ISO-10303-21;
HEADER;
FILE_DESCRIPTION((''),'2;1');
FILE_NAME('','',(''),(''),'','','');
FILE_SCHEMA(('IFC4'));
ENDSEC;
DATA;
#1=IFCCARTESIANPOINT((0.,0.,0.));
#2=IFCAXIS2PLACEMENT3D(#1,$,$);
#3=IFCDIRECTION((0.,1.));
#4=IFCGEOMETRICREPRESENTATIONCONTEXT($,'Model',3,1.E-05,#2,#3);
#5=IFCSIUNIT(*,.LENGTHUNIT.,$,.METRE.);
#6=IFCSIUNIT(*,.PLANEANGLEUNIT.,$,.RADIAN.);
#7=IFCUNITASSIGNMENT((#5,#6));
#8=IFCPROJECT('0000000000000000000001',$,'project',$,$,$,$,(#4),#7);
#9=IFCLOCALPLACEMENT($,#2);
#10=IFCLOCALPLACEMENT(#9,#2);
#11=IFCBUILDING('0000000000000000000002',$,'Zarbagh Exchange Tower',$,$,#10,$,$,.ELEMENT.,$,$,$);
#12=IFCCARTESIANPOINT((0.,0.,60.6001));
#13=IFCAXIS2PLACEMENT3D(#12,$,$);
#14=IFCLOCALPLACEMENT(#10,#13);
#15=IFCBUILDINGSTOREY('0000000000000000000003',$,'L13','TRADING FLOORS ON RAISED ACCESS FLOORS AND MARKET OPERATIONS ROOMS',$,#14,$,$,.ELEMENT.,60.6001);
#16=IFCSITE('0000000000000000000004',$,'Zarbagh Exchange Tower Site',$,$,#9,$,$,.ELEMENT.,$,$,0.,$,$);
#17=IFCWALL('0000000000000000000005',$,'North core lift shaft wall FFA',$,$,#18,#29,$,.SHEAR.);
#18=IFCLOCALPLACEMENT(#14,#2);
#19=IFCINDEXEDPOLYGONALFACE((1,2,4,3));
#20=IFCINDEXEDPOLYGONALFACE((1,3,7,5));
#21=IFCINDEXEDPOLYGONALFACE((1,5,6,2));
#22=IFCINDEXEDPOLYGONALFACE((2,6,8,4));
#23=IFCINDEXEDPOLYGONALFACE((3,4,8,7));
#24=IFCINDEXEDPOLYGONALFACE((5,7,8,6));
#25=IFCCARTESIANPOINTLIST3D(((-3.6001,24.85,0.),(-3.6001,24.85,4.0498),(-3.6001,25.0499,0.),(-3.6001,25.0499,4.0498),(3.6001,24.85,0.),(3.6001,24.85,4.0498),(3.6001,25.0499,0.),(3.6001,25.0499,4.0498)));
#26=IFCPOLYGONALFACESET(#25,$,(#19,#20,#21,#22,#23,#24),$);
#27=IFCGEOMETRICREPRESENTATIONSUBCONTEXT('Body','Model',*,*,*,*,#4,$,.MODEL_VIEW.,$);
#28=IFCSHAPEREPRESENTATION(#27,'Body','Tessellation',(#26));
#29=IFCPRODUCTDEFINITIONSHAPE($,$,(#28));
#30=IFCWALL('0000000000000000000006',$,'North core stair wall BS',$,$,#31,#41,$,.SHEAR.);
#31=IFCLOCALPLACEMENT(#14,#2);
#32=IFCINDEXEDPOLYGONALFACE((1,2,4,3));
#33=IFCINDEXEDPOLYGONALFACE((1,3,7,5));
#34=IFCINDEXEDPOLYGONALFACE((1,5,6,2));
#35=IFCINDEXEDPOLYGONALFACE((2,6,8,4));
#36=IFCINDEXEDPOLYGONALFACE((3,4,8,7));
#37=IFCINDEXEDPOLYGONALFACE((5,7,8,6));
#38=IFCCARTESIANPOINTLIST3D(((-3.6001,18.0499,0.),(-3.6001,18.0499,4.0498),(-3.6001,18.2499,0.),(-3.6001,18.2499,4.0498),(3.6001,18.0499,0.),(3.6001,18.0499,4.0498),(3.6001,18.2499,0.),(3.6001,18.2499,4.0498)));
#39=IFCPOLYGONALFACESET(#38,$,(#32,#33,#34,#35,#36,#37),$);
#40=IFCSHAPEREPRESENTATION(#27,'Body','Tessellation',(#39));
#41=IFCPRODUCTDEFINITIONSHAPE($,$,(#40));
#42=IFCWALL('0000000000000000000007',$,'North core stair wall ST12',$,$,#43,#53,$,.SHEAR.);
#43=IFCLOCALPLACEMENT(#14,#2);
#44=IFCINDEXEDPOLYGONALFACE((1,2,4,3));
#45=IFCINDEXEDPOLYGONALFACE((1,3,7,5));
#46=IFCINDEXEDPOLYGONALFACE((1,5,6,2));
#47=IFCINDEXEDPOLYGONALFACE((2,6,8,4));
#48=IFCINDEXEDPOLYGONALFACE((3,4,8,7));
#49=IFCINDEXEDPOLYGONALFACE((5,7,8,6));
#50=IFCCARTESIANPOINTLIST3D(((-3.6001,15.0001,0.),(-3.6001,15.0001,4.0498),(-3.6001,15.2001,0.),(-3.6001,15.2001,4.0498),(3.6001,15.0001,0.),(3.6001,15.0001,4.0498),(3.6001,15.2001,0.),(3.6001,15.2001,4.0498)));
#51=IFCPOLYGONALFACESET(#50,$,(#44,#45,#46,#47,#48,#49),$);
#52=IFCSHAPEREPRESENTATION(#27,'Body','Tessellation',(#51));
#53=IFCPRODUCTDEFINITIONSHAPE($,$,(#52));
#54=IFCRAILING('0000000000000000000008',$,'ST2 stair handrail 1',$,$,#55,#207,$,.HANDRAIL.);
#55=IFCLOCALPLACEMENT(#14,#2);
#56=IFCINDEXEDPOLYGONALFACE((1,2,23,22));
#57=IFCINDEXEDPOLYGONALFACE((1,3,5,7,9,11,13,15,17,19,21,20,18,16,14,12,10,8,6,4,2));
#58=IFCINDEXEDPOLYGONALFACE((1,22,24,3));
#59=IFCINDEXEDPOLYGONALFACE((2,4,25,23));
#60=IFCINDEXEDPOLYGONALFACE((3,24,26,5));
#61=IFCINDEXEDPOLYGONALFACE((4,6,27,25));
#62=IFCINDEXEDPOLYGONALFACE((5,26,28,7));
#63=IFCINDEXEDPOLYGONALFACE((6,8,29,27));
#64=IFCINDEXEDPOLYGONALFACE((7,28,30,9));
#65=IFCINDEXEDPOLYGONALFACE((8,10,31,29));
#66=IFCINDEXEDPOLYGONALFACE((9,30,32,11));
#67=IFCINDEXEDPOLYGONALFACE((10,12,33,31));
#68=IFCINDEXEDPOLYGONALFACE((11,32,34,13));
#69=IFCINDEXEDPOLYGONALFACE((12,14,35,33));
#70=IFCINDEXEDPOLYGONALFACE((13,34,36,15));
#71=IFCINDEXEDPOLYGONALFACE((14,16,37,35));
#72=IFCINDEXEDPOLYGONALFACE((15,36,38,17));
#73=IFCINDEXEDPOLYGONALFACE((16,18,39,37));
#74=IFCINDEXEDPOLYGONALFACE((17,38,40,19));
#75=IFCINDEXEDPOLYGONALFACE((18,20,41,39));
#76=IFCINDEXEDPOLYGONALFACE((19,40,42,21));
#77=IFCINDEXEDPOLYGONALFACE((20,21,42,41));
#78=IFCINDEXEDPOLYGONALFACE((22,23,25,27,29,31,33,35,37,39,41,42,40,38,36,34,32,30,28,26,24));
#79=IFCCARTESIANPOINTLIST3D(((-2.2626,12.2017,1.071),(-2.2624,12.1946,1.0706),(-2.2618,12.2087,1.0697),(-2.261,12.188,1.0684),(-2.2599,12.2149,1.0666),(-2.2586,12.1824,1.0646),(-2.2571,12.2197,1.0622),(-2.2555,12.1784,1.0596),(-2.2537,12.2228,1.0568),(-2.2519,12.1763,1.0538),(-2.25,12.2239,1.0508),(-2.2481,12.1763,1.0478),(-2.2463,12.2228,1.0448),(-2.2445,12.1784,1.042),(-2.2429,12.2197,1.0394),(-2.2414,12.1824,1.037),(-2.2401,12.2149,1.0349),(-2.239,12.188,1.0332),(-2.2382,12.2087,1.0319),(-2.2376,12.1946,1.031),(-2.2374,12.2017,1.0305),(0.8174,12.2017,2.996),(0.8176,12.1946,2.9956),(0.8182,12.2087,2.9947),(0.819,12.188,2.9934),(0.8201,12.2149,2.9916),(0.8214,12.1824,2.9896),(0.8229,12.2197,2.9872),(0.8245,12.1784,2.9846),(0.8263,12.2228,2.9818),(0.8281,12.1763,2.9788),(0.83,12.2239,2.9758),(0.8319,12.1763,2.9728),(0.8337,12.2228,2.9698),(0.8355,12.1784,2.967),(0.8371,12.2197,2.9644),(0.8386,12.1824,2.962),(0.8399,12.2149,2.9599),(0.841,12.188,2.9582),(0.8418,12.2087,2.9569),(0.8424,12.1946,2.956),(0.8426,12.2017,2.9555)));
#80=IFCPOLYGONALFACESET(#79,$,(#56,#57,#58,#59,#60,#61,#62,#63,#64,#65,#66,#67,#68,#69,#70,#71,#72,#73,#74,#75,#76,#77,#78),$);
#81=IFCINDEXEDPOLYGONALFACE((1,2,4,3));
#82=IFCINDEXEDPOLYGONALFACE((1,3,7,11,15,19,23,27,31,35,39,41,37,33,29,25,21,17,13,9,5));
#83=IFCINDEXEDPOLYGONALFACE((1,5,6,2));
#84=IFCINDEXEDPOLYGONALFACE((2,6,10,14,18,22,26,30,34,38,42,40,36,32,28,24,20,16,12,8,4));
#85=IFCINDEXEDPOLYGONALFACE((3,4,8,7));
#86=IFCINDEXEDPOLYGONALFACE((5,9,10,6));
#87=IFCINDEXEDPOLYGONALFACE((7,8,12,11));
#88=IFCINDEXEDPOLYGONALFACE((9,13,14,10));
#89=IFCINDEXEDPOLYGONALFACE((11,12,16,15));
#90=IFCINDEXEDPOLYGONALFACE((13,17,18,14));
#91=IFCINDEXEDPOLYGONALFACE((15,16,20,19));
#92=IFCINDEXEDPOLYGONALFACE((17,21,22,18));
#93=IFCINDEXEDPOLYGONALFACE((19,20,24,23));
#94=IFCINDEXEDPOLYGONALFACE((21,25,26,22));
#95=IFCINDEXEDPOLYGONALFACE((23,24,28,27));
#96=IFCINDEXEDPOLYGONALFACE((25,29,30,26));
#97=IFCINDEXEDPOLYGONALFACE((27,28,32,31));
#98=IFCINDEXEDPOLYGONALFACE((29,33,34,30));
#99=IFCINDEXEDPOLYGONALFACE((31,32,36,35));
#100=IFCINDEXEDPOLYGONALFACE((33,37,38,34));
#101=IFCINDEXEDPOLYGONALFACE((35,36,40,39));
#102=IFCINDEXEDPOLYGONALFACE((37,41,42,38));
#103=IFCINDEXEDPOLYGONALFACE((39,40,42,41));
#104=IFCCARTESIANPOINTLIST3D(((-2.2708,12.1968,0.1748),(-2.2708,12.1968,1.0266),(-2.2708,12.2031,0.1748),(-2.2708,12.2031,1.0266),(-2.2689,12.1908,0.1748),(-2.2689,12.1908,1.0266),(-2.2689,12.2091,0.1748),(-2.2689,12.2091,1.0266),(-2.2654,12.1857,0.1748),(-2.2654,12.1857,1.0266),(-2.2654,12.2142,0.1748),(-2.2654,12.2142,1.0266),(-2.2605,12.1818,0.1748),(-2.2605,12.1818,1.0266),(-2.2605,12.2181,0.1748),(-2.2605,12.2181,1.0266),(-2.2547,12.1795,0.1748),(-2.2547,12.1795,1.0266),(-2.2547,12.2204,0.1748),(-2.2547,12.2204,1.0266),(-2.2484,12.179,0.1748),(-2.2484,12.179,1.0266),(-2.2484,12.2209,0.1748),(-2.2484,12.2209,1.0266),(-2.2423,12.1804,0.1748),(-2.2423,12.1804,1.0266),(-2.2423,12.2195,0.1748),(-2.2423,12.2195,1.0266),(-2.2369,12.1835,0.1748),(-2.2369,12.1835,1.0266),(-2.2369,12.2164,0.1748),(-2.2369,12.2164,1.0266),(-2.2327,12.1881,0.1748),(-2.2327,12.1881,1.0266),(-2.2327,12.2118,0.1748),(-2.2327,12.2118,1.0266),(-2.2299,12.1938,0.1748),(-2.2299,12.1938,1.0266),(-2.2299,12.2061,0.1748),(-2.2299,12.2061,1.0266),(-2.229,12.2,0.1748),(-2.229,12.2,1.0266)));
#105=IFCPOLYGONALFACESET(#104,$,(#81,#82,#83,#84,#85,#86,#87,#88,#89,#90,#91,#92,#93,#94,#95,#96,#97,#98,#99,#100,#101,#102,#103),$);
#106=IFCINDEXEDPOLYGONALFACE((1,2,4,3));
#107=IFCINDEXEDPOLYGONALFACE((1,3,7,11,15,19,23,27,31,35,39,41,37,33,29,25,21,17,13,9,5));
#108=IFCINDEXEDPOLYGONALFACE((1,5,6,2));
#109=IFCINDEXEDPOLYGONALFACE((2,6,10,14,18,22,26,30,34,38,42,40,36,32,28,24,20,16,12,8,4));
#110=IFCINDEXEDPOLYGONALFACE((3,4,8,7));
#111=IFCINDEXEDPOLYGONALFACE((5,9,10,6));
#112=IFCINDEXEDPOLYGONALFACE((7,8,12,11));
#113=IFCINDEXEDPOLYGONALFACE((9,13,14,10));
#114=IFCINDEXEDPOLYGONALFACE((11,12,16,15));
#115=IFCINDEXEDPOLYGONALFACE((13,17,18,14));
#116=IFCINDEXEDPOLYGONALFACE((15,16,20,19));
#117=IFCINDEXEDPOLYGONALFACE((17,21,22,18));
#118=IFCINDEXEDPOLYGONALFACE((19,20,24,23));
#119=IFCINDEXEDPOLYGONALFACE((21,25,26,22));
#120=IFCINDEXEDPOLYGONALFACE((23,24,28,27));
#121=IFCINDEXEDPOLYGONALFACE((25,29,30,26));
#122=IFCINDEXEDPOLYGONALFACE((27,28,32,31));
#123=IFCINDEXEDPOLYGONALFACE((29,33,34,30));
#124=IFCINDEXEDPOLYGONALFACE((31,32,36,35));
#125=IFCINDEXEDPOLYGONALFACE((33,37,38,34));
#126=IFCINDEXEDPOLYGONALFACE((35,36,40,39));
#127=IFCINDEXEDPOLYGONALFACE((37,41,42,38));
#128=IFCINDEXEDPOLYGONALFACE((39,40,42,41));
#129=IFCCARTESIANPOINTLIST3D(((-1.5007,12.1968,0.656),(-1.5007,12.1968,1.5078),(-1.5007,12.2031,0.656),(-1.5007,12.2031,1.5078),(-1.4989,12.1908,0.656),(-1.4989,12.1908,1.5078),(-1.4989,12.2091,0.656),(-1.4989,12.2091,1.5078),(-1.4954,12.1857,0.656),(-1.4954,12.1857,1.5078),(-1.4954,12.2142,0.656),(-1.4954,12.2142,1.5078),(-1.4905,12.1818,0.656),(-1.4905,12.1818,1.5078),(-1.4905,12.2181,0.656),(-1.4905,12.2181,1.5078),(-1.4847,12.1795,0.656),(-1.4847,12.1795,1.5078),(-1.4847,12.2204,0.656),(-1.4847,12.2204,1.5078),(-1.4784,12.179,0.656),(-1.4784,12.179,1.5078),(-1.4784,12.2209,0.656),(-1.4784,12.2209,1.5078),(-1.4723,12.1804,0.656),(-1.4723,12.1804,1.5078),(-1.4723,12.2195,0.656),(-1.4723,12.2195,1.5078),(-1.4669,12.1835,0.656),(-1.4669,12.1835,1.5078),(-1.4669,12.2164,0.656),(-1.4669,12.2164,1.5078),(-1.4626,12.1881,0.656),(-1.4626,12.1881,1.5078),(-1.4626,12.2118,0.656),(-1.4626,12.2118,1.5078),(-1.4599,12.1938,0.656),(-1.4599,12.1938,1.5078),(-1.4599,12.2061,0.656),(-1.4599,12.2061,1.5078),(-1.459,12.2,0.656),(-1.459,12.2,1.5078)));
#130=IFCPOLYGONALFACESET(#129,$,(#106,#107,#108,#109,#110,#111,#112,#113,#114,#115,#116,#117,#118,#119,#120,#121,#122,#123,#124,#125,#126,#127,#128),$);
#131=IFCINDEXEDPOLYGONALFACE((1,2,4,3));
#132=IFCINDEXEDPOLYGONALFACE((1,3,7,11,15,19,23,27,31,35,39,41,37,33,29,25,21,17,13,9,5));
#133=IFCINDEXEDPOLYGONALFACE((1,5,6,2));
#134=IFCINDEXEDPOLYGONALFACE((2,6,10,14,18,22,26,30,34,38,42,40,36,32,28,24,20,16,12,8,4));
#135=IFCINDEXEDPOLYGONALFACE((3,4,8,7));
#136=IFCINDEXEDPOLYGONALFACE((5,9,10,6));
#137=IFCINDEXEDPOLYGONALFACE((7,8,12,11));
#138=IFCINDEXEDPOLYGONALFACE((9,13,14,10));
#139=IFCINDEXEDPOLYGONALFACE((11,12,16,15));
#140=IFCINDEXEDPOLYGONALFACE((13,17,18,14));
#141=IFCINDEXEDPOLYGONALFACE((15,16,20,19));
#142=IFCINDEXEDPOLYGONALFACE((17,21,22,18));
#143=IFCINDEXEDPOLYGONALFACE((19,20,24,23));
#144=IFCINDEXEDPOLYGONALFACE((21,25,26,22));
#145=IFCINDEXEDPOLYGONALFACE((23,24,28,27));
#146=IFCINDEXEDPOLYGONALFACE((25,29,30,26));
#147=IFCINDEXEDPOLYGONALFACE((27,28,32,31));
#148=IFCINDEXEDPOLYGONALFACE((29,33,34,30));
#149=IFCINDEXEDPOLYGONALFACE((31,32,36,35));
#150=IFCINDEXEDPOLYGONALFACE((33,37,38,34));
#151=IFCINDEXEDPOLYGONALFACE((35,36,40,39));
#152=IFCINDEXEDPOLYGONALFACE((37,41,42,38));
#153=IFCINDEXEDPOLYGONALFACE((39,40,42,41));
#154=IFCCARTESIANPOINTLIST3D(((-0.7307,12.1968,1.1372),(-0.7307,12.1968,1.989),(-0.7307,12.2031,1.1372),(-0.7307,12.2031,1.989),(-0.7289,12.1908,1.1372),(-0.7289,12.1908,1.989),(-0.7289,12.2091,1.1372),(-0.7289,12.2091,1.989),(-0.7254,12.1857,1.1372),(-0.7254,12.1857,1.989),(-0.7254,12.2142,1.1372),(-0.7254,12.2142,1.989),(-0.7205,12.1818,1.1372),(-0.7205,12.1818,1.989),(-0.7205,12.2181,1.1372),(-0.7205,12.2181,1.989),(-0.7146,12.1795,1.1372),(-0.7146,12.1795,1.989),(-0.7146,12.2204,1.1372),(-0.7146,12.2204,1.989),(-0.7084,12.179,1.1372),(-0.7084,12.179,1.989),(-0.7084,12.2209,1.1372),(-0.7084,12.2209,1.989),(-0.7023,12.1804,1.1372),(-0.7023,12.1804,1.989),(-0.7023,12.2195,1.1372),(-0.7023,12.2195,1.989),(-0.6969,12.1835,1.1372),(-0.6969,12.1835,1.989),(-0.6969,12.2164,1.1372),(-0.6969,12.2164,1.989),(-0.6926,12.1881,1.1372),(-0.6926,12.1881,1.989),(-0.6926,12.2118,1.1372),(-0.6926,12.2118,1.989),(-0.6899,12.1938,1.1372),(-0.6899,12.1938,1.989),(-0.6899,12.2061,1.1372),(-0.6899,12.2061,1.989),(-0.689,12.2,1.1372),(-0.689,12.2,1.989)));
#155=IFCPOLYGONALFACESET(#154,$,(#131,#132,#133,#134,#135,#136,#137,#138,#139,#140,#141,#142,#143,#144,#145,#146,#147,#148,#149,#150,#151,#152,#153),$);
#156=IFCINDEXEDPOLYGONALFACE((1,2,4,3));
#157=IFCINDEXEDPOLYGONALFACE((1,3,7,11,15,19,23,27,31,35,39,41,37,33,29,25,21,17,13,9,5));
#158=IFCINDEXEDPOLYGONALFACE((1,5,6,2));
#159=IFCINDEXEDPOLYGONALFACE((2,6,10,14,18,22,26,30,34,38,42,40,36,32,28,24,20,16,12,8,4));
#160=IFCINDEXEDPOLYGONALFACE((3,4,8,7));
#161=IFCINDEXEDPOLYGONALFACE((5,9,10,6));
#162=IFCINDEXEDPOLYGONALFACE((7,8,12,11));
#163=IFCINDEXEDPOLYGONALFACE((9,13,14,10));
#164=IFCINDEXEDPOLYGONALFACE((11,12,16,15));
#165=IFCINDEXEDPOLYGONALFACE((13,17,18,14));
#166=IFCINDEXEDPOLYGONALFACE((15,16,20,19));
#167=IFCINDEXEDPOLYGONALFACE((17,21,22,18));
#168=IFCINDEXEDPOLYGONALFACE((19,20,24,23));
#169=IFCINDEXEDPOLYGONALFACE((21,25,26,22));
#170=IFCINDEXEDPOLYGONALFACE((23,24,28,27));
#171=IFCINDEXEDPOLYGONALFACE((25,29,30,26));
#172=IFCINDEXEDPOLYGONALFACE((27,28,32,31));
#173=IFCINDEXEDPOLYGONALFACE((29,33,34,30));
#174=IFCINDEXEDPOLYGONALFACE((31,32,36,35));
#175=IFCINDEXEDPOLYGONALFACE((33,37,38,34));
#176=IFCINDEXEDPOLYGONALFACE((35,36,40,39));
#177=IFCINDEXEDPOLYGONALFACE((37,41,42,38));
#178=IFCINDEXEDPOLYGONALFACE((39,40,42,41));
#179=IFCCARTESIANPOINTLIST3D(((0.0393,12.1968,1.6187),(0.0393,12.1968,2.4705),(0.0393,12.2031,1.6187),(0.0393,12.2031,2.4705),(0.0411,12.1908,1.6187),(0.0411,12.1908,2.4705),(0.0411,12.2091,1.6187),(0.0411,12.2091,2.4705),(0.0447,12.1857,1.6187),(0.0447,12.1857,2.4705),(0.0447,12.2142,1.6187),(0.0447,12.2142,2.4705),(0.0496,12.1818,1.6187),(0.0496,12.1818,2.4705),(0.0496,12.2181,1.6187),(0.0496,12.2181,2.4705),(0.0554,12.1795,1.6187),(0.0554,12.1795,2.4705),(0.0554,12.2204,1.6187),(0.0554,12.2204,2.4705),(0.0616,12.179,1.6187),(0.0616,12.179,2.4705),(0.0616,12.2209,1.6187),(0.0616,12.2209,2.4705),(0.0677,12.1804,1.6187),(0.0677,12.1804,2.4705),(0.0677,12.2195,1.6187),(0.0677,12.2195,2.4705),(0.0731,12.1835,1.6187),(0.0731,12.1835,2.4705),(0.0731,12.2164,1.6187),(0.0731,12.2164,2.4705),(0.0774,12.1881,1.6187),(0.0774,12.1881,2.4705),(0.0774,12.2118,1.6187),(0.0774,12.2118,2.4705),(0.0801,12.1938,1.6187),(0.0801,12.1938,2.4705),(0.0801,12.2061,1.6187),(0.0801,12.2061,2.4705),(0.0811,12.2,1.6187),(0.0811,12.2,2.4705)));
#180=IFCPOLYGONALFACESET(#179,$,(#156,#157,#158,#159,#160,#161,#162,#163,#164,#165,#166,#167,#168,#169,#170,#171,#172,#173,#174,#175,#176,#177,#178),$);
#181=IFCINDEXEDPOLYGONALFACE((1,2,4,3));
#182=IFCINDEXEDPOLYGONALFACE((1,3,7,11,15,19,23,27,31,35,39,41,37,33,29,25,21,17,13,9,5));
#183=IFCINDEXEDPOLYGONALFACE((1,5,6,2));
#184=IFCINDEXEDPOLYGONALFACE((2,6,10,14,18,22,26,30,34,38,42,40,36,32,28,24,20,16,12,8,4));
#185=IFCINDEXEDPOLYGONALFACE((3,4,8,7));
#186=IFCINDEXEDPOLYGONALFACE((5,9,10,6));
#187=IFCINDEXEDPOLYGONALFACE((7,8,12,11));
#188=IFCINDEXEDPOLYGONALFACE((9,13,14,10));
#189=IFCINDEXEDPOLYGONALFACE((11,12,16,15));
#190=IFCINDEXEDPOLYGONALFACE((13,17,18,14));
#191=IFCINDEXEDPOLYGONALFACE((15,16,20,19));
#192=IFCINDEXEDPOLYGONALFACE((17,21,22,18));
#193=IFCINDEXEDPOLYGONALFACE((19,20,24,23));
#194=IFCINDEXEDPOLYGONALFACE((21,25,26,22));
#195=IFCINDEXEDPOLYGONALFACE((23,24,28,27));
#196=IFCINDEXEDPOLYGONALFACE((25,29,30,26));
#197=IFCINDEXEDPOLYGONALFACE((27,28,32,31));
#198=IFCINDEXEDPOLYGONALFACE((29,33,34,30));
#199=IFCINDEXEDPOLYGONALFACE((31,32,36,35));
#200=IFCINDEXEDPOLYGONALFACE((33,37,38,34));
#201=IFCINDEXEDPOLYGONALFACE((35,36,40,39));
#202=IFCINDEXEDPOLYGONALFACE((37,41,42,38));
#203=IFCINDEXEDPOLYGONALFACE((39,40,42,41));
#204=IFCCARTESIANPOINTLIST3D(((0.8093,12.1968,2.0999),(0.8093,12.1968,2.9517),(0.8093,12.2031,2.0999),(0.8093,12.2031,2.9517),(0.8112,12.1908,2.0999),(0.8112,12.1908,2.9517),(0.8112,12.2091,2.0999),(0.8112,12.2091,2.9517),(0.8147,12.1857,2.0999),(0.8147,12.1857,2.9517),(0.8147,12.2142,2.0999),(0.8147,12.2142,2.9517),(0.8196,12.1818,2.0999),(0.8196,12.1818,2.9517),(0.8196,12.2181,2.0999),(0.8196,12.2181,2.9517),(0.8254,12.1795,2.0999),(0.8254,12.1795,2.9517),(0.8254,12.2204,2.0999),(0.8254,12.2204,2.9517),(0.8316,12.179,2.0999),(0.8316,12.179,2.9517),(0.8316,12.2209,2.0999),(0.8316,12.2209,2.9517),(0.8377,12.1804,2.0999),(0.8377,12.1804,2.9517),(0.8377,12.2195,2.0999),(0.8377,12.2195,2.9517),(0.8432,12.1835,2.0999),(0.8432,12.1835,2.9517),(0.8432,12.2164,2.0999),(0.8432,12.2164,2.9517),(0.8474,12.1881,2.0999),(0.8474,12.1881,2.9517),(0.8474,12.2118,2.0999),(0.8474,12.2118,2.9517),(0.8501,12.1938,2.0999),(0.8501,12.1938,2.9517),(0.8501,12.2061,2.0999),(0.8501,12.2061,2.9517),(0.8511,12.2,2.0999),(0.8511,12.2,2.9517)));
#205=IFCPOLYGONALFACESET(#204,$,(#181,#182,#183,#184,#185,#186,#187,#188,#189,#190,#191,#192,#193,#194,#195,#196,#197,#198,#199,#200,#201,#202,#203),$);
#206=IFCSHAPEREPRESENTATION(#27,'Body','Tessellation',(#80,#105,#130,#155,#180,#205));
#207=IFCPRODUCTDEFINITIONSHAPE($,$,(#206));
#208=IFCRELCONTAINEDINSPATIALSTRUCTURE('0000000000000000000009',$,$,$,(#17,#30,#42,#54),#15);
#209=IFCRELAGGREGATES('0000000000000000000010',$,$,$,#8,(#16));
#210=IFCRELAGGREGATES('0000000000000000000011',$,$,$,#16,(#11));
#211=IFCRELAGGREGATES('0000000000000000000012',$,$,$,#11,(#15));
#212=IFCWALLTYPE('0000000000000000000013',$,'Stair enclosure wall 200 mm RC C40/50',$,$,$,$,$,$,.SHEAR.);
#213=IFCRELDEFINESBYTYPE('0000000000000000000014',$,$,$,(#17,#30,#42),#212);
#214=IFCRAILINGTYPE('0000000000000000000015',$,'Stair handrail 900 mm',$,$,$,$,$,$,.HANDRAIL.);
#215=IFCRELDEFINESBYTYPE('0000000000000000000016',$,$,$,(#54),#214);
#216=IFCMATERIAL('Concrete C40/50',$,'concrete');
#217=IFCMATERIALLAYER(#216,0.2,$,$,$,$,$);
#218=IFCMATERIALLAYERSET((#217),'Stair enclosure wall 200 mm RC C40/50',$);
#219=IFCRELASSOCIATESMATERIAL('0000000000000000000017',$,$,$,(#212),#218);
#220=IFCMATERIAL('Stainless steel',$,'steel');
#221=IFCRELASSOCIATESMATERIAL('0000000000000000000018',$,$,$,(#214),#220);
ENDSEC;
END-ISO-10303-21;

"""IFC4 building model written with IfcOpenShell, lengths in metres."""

from ifc_helpers import new_model, si_unit, direction, frame, frame_2d, origin, origin_2d, place, context, subcontext, project, spatial, rectangle, circle, extrude, material, layer, layer_set, type_object, element, save


model = new_model("IFC4")

# Units and contexts
model_context = context("Model", 3, precision=1e-05, world=origin(), true_north=direction((0.0, 1.0)))
body_context = subcontext(model_context, "Body", "Model", "MODEL_VIEW")
ifc_project = project(units=[si_unit("LENGTHUNIT", "METRE"), si_unit("PLANEANGLEUNIT", "RADIAN")], contexts=[model_context])

# Site, building, storey
site_placement = place(None, origin())
site = spatial("IfcSite", under=ifc_project, at=site_placement, Name="Zarbagh Exchange Tower Site", CompositionType="ELEMENT", RefElevation=0.0)
building_placement = place(site_placement, origin())
building = spatial("IfcBuilding", under=site, at=building_placement, Name="Zarbagh Exchange Tower", CompositionType="ELEMENT")
storey_placement = place(building_placement, frame((0.0, 0.0, 60.6001)))
storey = spatial("IfcBuildingStorey", under=building, at=storey_placement, Name="L13", Description="TRADING FLOORS ON RAISED ACCESS FLOORS AND MARKET OPERATIONS ROOMS", CompositionType="ELEMENT", Elevation=60.6001)

# Walls
ifc_material_1 = material(Name="Concrete C40/50", Category="concrete")
ifc_layer_1 = layer(ifc_material_1, 0.2)
ifc_layer_set_1 = layer_set([ifc_layer_1], Name="Stair enclosure wall 200 mm RC C40/50")
wall_type_1 = type_object("IfcWallType", Name="Stair enclosure wall 200 mm RC C40/50", PredefinedType="SHEAR", material=ifc_layer_set_1)
for number, where, z_axis, x_axis, name in (
    (1, (-3.6001, 24.95, 0.0), (0.0, 0.0, 1.0), (1.0, 0.0, 0.0), "North core lift shaft wall FFA"),
    (2, (-3.6001, 18.1499, 0.0), (0.0, 0.0, 1.0), (1.0, 0.0, 0.0), "North core stair wall BS"),
    (3, (-3.6001, 15.1001, 0.0), (0.0, 0.0, 1.0), (1.0, 0.0, 0.0), "North core stair wall ST12"),
):
    element("IfcWall", number, at=place(storey_placement, frame(where, z_axis=z_axis, x_axis=x_axis)), inside=storey, type_object=wall_type_1, Name=name, PredefinedType="SHEAR", context=body_context, shape_type="SweptSolid", body=[
        extrude(rectangle(XDim=7.2002, YDim=0.2, at=frame_2d((3.6001, 0.0))), origin(), (0.0, 0.0, 1.0), 4.0498),
    ])

# Railing
ifc_material_2 = material(Name="Stainless steel", Category="steel")
railing_type = type_object("IfcRailingType", Name="Stair handrail 900 mm", PredefinedType="HANDRAIL", material=ifc_material_2)
railing_placement = place(storey_placement, frame((-2.25, 12.2, 0.1748)))
element("IfcRailing", 4, at=railing_placement, inside=storey, type_object=railing_type, Name="ST2 stair handrail 1", PredefinedType="HANDRAIL", context=body_context, shape_type="SweptSolid", body=[
    extrude(circle(Radius=0.0239, at=origin_2d()), frame((0.0, 0.0, 0.876), z_axis=(0.847998, 0.0, 0.529999), x_axis=(0.0, 1.0, 0.0)), (0.0, 0.0, 1.0), 3.6321),
    extrude(circle(Radius=0.021, at=origin_2d()), origin(), (0.0, 0.0, 1.0), 0.8518),
    extrude(circle(Radius=0.021, at=origin_2d()), frame((0.77, 0.0, 0.4812)), (0.0, 0.0, 1.0), 0.8518),
    extrude(circle(Radius=0.021, at=origin_2d()), frame((1.54, 0.0, 0.9624)), (0.0, 0.0, 1.0), 0.8518),
    extrude(circle(Radius=0.021, at=origin_2d()), frame((2.3101, 0.0, 1.4438)), (0.0, 0.0, 1.0), 0.8518),
    extrude(circle(Radius=0.021, at=origin_2d()), frame((3.0801, 0.0, 1.925)), (0.0, 0.0, 1.0), 0.8518),
])

save(model, "model.ifc")
